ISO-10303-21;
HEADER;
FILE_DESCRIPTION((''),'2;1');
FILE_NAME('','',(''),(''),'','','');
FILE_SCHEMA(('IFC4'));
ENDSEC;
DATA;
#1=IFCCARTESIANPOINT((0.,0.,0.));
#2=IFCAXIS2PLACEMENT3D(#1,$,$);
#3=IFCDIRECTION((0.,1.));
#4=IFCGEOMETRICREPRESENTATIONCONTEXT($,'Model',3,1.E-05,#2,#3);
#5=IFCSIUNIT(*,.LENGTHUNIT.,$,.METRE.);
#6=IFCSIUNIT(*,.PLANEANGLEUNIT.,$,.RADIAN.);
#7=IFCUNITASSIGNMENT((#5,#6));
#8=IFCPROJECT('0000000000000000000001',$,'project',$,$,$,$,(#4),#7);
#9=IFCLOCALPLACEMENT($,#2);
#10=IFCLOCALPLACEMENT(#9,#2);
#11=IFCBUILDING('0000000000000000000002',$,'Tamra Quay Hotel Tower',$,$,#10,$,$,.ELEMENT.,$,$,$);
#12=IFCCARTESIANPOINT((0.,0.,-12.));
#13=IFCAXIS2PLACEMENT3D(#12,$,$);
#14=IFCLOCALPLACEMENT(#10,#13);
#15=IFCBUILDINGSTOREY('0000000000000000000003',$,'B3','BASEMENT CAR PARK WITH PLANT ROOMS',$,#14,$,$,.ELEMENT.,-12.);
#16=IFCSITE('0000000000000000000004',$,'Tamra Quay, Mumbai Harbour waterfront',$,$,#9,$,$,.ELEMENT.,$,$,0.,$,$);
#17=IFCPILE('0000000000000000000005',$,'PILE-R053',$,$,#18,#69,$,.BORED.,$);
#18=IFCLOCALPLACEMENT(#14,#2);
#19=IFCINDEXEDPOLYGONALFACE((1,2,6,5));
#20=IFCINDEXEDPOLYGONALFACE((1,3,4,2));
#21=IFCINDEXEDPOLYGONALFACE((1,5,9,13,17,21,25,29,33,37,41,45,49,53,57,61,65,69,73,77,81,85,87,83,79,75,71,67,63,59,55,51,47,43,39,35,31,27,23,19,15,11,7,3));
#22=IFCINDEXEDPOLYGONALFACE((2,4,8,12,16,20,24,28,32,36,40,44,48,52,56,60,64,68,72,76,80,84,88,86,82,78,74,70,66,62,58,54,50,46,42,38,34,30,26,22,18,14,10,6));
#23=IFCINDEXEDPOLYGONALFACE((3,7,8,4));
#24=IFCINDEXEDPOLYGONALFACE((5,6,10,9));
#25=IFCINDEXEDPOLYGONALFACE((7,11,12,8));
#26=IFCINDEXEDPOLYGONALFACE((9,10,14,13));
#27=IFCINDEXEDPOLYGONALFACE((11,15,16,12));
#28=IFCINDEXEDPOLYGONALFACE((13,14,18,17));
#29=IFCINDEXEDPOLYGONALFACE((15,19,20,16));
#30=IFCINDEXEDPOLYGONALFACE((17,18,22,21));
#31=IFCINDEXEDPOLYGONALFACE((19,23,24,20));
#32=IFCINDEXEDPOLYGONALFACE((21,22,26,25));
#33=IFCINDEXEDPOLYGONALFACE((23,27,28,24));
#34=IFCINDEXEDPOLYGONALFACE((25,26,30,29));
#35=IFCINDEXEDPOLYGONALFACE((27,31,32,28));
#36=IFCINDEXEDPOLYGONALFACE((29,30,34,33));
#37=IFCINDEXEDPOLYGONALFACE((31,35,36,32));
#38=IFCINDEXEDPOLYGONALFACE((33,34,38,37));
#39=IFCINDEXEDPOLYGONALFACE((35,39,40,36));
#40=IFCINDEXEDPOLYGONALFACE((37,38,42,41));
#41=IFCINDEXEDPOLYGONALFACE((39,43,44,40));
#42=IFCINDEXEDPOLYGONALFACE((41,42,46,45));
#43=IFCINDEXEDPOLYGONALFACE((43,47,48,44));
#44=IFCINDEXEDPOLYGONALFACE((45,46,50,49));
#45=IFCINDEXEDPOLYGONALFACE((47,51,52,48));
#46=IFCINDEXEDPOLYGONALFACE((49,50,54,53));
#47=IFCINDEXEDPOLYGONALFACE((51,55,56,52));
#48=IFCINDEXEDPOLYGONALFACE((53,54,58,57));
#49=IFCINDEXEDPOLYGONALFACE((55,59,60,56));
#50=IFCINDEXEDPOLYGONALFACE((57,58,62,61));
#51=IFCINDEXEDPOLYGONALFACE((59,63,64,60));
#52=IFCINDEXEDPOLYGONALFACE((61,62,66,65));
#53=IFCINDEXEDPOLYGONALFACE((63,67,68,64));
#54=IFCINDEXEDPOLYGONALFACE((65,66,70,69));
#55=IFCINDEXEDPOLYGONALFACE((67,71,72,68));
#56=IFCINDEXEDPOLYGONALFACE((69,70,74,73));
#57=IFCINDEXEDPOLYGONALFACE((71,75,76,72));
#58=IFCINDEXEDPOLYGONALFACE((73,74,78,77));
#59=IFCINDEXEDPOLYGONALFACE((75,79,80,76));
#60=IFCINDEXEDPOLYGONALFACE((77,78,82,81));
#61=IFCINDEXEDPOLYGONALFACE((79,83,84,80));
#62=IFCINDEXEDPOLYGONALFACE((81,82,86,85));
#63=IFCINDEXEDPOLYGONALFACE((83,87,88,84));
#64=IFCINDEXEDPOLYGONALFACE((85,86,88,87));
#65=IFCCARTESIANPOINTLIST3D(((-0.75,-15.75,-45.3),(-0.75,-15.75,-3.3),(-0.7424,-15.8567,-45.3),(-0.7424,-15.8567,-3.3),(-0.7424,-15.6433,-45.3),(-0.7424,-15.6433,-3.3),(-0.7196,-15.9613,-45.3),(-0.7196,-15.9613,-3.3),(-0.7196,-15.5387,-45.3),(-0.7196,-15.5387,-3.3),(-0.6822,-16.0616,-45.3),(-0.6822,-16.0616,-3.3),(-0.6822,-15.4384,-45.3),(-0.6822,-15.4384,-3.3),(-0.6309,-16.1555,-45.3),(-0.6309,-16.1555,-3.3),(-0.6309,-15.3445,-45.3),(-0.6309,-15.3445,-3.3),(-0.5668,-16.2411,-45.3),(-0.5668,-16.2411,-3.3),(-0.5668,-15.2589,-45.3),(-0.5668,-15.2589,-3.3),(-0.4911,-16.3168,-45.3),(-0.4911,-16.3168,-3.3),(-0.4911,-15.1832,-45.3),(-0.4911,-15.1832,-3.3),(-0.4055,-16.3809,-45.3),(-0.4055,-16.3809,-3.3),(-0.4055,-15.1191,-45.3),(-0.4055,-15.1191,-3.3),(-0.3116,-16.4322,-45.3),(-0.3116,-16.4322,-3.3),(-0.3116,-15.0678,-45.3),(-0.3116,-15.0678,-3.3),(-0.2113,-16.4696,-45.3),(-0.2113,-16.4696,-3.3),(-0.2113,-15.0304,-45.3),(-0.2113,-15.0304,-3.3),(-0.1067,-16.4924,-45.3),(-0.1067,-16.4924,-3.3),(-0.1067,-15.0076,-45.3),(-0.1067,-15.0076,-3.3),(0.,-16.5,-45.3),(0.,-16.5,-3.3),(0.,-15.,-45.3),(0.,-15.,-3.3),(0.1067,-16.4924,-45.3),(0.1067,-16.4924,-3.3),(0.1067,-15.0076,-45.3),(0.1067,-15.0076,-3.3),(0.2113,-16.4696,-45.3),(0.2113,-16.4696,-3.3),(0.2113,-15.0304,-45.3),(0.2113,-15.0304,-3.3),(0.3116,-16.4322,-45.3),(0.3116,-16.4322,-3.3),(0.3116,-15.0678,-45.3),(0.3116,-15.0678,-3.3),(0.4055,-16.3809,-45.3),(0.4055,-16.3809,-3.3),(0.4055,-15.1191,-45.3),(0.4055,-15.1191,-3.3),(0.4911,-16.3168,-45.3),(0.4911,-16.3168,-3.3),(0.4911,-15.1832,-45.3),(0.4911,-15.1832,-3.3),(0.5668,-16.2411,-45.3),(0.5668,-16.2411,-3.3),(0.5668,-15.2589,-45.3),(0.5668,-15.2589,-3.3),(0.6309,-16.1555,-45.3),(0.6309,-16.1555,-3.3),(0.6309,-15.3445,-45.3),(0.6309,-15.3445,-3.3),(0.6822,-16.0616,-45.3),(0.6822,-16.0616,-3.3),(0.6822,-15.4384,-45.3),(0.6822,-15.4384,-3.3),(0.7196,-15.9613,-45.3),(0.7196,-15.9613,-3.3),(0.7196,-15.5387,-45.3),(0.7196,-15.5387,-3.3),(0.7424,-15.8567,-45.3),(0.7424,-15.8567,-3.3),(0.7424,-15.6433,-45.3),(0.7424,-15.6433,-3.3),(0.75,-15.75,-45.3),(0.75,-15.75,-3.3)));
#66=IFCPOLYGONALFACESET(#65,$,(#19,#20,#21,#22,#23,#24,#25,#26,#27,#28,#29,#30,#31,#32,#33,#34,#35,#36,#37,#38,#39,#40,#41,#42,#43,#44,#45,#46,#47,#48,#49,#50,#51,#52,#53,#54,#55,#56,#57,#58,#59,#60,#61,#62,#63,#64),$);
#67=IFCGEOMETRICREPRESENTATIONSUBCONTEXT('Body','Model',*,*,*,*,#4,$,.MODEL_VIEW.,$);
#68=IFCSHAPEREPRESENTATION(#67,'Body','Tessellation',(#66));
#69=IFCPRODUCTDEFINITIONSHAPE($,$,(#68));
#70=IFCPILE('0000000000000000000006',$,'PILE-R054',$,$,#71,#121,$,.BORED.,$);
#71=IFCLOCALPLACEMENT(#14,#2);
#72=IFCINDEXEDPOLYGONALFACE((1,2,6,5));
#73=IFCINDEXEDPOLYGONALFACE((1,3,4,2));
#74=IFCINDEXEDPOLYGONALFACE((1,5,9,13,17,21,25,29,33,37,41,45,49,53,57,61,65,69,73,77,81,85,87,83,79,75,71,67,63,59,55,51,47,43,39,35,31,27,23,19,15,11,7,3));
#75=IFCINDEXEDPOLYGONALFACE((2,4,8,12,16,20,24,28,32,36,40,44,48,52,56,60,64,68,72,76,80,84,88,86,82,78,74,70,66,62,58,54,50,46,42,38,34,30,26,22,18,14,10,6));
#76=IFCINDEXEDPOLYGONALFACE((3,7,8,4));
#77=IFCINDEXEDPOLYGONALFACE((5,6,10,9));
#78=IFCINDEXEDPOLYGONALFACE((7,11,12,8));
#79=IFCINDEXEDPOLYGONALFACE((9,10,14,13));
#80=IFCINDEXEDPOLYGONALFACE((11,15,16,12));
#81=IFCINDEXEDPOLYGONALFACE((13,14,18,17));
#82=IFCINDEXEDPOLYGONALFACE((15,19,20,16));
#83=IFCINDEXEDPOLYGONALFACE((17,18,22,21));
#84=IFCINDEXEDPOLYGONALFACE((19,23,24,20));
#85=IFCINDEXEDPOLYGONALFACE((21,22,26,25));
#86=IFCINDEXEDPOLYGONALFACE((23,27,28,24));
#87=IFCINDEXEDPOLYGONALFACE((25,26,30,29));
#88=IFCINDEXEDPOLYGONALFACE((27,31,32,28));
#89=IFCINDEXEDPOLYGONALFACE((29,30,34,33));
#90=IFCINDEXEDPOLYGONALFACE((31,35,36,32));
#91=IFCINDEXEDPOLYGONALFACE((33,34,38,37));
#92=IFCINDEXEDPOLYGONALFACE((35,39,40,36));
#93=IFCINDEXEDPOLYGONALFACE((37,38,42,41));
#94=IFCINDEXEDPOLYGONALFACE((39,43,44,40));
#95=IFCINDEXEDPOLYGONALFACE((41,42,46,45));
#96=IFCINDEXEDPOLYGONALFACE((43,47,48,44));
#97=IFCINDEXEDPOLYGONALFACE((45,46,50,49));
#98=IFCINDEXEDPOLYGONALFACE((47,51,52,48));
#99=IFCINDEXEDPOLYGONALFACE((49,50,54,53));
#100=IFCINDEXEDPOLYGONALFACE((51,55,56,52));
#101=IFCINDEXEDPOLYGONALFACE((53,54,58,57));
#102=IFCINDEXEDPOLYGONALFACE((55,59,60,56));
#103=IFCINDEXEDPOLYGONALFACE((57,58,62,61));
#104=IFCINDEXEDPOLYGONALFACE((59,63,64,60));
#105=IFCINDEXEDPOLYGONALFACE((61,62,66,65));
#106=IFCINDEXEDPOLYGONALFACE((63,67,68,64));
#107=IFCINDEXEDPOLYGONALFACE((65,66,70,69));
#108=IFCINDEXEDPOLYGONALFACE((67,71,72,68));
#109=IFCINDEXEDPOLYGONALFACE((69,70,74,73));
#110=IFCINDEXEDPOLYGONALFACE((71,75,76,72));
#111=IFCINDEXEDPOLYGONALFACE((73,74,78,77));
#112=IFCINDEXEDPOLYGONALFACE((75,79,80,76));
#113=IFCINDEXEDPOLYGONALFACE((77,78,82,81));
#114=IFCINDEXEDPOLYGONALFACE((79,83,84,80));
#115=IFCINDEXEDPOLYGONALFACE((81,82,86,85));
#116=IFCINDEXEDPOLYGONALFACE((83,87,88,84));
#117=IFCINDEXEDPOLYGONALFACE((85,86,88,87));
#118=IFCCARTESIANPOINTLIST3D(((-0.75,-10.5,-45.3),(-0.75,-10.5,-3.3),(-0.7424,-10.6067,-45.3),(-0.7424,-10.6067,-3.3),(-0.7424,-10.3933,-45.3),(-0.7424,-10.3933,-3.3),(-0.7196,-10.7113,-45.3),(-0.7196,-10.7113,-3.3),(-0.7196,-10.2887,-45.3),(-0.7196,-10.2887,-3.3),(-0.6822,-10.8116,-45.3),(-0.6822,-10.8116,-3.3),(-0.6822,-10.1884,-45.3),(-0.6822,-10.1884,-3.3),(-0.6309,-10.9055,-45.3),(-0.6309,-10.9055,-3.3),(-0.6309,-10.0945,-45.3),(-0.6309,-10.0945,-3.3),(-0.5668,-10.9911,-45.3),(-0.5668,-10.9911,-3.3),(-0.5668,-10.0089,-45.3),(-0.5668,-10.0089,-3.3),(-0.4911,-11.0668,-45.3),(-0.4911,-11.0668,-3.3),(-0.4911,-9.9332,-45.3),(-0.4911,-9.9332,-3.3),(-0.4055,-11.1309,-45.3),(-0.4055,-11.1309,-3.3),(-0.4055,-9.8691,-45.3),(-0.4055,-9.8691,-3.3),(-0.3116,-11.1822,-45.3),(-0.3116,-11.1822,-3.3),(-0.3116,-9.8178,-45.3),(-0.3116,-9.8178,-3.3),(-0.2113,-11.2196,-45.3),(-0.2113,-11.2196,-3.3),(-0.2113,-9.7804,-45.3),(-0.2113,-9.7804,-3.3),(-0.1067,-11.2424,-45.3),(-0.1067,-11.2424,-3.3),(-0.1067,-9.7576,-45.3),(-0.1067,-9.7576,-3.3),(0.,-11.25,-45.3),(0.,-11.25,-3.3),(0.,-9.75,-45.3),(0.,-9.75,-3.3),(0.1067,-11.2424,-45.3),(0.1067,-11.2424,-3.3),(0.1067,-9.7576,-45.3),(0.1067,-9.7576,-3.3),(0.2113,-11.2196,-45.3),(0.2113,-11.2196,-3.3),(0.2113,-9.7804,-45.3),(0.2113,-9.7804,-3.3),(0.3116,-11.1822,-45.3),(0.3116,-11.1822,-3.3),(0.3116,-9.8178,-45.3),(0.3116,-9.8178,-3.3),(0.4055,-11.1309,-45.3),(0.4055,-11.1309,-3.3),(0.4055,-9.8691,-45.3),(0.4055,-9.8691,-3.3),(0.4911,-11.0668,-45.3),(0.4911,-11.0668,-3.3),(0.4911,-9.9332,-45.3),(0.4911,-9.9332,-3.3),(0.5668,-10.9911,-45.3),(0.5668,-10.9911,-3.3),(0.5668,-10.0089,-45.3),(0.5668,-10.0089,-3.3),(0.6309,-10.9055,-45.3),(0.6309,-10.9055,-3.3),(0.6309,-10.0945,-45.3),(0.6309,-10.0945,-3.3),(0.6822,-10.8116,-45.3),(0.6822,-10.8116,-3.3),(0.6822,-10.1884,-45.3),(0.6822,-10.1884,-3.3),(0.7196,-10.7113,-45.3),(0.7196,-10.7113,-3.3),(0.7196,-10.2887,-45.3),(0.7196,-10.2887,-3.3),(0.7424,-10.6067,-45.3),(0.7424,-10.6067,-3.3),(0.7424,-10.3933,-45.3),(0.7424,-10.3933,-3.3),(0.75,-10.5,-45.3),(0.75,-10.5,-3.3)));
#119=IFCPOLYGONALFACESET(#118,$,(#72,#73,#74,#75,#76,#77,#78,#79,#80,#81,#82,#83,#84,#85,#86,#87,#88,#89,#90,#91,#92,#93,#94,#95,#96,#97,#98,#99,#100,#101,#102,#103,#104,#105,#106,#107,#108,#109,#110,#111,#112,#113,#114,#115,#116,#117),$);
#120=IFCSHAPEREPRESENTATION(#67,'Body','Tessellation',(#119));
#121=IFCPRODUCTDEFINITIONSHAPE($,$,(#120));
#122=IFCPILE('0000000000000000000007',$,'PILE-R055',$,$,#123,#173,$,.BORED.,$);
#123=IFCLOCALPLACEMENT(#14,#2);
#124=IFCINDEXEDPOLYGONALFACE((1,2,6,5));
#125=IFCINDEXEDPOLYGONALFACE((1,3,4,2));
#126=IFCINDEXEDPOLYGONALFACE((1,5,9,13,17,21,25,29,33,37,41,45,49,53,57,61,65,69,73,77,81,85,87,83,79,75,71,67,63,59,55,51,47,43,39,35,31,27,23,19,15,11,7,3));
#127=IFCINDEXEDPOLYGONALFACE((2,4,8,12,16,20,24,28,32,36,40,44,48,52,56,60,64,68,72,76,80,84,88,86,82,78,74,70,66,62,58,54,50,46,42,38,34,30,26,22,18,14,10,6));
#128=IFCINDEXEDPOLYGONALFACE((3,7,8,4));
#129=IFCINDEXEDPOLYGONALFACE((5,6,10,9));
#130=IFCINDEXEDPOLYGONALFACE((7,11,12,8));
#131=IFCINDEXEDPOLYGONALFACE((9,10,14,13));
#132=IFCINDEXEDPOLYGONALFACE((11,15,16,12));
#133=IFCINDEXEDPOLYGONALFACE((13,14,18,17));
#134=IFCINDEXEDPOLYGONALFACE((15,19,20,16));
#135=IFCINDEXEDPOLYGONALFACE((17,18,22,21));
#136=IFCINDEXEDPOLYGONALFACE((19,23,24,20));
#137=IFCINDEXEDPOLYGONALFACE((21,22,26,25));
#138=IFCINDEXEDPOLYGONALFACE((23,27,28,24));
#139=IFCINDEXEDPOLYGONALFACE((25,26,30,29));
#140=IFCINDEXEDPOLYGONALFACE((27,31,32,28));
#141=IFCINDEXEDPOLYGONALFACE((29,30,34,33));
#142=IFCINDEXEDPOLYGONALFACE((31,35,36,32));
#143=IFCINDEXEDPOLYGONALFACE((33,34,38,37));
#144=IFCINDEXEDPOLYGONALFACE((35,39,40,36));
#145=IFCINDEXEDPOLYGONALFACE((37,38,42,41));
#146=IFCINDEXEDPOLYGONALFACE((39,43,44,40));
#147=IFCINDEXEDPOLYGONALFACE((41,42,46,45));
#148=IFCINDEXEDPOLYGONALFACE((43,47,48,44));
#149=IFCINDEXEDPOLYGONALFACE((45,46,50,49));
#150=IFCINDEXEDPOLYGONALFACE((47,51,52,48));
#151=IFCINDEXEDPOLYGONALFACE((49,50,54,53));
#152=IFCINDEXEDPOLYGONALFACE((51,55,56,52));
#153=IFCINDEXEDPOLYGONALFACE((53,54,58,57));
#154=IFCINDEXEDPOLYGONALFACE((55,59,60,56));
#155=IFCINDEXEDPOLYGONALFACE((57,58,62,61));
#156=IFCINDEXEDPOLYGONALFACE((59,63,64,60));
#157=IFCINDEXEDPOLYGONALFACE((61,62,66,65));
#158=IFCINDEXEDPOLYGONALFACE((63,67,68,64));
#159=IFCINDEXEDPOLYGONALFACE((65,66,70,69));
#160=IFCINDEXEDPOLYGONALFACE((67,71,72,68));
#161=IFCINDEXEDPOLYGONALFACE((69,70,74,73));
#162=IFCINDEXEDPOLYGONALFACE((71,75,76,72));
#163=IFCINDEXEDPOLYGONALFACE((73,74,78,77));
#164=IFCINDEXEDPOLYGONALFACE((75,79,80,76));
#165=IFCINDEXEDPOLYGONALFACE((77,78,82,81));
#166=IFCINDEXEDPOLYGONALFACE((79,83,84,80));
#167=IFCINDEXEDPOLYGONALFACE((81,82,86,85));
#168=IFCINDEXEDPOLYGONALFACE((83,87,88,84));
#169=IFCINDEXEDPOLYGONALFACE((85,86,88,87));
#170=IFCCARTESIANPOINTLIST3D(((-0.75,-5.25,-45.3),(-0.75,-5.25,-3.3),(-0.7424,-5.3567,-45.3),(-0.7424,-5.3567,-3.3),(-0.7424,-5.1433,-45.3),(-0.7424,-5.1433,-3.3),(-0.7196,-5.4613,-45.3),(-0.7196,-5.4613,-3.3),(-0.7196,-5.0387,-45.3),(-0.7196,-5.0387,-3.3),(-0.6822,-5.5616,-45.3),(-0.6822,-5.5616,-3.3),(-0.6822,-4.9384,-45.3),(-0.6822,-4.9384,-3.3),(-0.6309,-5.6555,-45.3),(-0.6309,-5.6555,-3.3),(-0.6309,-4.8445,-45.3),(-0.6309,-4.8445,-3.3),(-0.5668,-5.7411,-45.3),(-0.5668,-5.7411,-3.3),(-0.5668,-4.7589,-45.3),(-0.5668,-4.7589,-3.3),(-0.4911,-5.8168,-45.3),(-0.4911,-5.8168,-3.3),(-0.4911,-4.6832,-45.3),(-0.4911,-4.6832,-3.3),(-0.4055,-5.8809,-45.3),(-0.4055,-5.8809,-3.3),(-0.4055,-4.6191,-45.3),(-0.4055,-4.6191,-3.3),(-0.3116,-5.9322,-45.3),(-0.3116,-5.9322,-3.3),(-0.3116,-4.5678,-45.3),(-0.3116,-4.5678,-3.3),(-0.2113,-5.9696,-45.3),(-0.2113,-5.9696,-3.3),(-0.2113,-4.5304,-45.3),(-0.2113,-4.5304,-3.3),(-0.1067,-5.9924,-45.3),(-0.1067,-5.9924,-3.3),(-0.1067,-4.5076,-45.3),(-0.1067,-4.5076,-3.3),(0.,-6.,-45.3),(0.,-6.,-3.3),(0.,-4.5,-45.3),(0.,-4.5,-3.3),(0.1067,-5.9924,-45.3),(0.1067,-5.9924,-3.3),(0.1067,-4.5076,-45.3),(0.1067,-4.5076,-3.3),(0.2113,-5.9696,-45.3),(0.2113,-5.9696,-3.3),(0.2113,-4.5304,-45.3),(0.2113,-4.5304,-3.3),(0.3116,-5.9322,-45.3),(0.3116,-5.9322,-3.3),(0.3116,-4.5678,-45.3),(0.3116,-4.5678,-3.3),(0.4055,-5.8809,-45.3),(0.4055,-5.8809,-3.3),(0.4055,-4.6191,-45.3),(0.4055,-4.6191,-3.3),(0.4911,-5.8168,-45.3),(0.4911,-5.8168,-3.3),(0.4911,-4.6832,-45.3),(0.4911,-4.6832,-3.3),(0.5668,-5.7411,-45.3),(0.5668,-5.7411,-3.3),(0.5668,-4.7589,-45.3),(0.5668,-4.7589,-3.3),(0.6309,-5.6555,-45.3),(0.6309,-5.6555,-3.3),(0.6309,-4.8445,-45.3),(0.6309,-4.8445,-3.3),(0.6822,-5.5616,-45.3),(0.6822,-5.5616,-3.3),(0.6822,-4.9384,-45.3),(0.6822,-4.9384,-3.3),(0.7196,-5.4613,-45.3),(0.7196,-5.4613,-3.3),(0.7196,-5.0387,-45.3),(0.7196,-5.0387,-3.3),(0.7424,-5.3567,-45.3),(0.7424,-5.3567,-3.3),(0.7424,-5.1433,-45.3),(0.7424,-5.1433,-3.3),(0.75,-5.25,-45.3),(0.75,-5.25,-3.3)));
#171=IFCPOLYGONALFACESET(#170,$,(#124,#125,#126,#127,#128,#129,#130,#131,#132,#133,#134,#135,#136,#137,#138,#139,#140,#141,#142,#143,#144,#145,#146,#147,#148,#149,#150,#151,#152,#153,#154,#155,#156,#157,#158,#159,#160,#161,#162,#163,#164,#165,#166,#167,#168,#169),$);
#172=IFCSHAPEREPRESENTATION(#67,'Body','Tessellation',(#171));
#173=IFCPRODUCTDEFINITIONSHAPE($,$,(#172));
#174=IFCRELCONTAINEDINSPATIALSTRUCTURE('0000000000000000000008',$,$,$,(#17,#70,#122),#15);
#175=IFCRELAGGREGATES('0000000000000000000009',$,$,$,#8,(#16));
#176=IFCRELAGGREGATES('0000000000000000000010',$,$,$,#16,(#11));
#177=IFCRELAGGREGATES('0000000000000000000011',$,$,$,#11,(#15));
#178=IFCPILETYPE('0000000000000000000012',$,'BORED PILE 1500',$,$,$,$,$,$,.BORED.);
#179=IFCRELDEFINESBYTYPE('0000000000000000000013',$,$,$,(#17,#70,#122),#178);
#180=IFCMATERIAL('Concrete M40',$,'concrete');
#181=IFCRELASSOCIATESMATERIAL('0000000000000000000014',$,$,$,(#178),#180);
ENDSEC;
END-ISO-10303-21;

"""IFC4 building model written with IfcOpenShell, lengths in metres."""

from ifc_helpers import new_model, si_unit, direction, frame, origin, origin_2d, place, context, subcontext, project, spatial, circle, extrude, material, material_profile, profile_set, type_object, element, save


model = new_model("IFC4")

# Units and contexts
model_context = context("Model", 3, precision=1e-05, world=origin(), true_north=direction((0.0, 1.0)))
body_context = subcontext(model_context, "Body", "Model", "MODEL_VIEW")
ifc_project = project(units=[si_unit("LENGTHUNIT", "METRE"), si_unit("PLANEANGLEUNIT", "RADIAN")], contexts=[model_context])

# Site, building, storey
site_placement = place(None, origin())
site = spatial("IfcSite", under=ifc_project, at=site_placement, Name="Tamra Quay, Mumbai Harbour waterfront", CompositionType="ELEMENT", RefElevation=0.0)
building_placement = place(site_placement, origin())
building = spatial("IfcBuilding", under=site, at=building_placement, Name="Tamra Quay Hotel Tower", CompositionType="ELEMENT")
storey_placement = place(building_placement, frame((0.0, 0.0, -12.0)))
storey = spatial("IfcBuildingStorey", under=building, at=storey_placement, Name="B3", Description="BASEMENT CAR PARK WITH PLANT ROOMS", CompositionType="ELEMENT", Elevation=-12.0)

# Piles
ifc_material_1 = material(Name="Concrete M40", Category="concrete")
ifc_material_profile_1 = material_profile(ifc_material_1, circle(Radius=0.75, at=origin_2d()), Name="BORED PILE 1500")
ifc_profile_set_1 = profile_set([ifc_material_profile_1], Name="Concrete M40")
pile_type = type_object("IfcPileType", Name="BORED PILE 1500", PredefinedType="BORED", material=ifc_profile_set_1)
for number, where, z_axis, x_axis, name in (
    (1, (0.0, -15.75, -3.3), (0.0, 0.0, -1.0), (1.0, 0.0, 0.0), "PILE-R053"),
    (2, (0.0, -10.5, -3.3), (0.0, 0.0, -1.0), (1.0, 0.0, 0.0), "PILE-R054"),
    (3, (0.0, -5.25, -3.3), (0.0, 0.0, -1.0), (1.0, 0.0, 0.0), "PILE-R055"),
):
    element("IfcPile", number, at=place(storey_placement, frame(where, z_axis=z_axis, x_axis=x_axis)), inside=storey, type_object=pile_type, Name=name, PredefinedType="BORED", context=body_context, shape_type="SweptSolid", body=[
        extrude(circle(Radius=0.75, at=origin_2d()), origin(), (0.0, 0.0, 1.0), 42.0),
    ])

save(model, "model.ifc")
